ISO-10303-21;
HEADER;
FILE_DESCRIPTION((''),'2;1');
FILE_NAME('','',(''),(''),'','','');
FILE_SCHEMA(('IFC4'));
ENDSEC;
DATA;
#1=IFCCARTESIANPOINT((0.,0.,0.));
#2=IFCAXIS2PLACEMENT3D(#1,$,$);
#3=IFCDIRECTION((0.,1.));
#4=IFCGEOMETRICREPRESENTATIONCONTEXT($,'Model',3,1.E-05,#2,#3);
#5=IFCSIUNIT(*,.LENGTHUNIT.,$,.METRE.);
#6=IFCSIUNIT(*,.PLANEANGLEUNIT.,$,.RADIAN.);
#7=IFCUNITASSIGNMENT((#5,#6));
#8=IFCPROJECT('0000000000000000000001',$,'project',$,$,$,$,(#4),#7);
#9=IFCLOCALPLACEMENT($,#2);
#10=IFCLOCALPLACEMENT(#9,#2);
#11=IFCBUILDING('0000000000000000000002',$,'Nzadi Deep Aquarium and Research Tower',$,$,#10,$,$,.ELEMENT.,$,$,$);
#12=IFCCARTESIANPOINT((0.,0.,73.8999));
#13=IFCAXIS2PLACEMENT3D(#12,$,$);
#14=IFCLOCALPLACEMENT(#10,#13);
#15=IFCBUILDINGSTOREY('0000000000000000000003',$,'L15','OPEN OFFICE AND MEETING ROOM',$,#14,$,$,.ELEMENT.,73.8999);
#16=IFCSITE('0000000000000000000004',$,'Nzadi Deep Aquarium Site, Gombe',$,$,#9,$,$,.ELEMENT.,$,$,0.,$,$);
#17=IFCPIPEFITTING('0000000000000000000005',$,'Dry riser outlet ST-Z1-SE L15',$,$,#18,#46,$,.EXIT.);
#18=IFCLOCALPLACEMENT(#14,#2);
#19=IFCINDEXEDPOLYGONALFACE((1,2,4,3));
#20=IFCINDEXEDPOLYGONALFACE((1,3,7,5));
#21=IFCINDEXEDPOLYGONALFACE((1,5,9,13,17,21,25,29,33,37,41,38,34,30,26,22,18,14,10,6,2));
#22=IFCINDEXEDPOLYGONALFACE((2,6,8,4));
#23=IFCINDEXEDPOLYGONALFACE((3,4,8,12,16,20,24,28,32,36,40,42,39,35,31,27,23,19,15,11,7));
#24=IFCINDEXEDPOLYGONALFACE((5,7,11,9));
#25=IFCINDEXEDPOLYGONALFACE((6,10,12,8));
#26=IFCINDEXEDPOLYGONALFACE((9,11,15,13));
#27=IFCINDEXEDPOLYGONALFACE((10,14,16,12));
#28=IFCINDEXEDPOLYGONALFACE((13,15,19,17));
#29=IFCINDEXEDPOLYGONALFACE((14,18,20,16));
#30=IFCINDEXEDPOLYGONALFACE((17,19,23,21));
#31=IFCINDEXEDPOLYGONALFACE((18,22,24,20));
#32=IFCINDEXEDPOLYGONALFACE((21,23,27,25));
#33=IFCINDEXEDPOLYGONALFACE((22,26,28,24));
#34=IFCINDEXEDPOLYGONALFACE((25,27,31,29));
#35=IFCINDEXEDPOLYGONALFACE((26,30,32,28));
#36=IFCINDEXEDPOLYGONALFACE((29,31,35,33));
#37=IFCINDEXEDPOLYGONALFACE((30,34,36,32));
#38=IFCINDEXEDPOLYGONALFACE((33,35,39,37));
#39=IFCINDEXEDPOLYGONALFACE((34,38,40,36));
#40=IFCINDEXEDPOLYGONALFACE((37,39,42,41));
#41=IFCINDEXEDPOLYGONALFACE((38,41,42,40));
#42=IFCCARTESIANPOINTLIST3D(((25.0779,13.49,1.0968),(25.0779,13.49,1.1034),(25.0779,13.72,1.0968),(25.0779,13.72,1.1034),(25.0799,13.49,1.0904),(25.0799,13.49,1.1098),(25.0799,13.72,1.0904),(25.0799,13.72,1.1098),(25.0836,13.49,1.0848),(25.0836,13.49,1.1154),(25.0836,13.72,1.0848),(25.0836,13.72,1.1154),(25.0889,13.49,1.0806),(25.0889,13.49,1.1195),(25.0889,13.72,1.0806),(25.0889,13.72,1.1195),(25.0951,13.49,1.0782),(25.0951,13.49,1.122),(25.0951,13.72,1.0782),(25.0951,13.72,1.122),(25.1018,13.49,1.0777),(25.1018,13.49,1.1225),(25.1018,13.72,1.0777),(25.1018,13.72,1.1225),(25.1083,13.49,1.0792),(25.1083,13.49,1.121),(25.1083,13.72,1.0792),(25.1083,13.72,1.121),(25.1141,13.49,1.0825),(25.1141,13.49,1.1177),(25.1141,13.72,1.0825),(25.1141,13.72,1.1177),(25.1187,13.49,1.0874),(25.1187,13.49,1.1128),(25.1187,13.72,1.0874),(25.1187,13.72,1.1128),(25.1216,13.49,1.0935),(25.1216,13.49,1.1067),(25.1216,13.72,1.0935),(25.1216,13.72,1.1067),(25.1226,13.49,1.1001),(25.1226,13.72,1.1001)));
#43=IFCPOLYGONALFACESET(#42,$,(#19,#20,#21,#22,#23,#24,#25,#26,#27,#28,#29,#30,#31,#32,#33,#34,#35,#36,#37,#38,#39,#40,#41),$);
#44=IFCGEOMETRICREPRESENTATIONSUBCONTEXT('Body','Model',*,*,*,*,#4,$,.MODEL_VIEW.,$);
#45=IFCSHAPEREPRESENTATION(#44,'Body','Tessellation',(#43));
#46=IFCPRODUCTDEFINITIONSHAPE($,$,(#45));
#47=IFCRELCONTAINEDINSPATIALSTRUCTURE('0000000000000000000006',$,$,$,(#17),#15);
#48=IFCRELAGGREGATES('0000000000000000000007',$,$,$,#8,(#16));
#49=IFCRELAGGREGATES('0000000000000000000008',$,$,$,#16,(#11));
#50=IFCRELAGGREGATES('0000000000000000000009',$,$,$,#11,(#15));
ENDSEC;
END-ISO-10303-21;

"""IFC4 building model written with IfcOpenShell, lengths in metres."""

from ifc_helpers import new_model, si_unit, direction, frame, origin, origin_2d, place, context, subcontext, project, spatial, circle, extrude, element, save


model = new_model("IFC4")

# Units and contexts
model_context = context("Model", 3, precision=1e-05, world=origin(), true_north=direction((0.0, 1.0)))
body_context = subcontext(model_context, "Body", "Model", "MODEL_VIEW")
ifc_project = project(units=[si_unit("LENGTHUNIT", "METRE"), si_unit("PLANEANGLEUNIT", "RADIAN")], contexts=[model_context])

# Site, building, storey
site_placement = place(None, origin())
site = spatial("IfcSite", under=ifc_project, at=site_placement, Name="Nzadi Deep Aquarium Site, Gombe", CompositionType="ELEMENT", RefElevation=0.0)
building_placement = place(site_placement, origin())
building = spatial("IfcBuilding", under=site, at=building_placement, Name="Nzadi Deep Aquarium and Research Tower", CompositionType="ELEMENT")
storey_placement = place(building_placement, frame((0.0, 0.0, 73.8999)))
storey = spatial("IfcBuildingStorey", under=building, at=storey_placement, Name="L15", Description="OPEN OFFICE AND MEETING ROOM", CompositionType="ELEMENT", Elevation=73.8999)

# Pipe fitting
pipe_fitting_placement = place(storey_placement, frame((25.1001, 13.72, 1.1001), z_axis=(0.0, -1.0, 0.0), x_axis=(1.0, 0.0, 0.0)))
element("IfcPipeFitting", 1, at=pipe_fitting_placement, inside=storey, Name="Dry riser outlet ST-Z1-SE L15", PredefinedType="EXIT", context=body_context, shape_type="SweptSolid", body=[
    extrude(circle(Radius=0.0225, at=origin_2d()), origin(), (0.0, 0.0, 1.0), 0.23),
])

save(model, "model.ifc")
